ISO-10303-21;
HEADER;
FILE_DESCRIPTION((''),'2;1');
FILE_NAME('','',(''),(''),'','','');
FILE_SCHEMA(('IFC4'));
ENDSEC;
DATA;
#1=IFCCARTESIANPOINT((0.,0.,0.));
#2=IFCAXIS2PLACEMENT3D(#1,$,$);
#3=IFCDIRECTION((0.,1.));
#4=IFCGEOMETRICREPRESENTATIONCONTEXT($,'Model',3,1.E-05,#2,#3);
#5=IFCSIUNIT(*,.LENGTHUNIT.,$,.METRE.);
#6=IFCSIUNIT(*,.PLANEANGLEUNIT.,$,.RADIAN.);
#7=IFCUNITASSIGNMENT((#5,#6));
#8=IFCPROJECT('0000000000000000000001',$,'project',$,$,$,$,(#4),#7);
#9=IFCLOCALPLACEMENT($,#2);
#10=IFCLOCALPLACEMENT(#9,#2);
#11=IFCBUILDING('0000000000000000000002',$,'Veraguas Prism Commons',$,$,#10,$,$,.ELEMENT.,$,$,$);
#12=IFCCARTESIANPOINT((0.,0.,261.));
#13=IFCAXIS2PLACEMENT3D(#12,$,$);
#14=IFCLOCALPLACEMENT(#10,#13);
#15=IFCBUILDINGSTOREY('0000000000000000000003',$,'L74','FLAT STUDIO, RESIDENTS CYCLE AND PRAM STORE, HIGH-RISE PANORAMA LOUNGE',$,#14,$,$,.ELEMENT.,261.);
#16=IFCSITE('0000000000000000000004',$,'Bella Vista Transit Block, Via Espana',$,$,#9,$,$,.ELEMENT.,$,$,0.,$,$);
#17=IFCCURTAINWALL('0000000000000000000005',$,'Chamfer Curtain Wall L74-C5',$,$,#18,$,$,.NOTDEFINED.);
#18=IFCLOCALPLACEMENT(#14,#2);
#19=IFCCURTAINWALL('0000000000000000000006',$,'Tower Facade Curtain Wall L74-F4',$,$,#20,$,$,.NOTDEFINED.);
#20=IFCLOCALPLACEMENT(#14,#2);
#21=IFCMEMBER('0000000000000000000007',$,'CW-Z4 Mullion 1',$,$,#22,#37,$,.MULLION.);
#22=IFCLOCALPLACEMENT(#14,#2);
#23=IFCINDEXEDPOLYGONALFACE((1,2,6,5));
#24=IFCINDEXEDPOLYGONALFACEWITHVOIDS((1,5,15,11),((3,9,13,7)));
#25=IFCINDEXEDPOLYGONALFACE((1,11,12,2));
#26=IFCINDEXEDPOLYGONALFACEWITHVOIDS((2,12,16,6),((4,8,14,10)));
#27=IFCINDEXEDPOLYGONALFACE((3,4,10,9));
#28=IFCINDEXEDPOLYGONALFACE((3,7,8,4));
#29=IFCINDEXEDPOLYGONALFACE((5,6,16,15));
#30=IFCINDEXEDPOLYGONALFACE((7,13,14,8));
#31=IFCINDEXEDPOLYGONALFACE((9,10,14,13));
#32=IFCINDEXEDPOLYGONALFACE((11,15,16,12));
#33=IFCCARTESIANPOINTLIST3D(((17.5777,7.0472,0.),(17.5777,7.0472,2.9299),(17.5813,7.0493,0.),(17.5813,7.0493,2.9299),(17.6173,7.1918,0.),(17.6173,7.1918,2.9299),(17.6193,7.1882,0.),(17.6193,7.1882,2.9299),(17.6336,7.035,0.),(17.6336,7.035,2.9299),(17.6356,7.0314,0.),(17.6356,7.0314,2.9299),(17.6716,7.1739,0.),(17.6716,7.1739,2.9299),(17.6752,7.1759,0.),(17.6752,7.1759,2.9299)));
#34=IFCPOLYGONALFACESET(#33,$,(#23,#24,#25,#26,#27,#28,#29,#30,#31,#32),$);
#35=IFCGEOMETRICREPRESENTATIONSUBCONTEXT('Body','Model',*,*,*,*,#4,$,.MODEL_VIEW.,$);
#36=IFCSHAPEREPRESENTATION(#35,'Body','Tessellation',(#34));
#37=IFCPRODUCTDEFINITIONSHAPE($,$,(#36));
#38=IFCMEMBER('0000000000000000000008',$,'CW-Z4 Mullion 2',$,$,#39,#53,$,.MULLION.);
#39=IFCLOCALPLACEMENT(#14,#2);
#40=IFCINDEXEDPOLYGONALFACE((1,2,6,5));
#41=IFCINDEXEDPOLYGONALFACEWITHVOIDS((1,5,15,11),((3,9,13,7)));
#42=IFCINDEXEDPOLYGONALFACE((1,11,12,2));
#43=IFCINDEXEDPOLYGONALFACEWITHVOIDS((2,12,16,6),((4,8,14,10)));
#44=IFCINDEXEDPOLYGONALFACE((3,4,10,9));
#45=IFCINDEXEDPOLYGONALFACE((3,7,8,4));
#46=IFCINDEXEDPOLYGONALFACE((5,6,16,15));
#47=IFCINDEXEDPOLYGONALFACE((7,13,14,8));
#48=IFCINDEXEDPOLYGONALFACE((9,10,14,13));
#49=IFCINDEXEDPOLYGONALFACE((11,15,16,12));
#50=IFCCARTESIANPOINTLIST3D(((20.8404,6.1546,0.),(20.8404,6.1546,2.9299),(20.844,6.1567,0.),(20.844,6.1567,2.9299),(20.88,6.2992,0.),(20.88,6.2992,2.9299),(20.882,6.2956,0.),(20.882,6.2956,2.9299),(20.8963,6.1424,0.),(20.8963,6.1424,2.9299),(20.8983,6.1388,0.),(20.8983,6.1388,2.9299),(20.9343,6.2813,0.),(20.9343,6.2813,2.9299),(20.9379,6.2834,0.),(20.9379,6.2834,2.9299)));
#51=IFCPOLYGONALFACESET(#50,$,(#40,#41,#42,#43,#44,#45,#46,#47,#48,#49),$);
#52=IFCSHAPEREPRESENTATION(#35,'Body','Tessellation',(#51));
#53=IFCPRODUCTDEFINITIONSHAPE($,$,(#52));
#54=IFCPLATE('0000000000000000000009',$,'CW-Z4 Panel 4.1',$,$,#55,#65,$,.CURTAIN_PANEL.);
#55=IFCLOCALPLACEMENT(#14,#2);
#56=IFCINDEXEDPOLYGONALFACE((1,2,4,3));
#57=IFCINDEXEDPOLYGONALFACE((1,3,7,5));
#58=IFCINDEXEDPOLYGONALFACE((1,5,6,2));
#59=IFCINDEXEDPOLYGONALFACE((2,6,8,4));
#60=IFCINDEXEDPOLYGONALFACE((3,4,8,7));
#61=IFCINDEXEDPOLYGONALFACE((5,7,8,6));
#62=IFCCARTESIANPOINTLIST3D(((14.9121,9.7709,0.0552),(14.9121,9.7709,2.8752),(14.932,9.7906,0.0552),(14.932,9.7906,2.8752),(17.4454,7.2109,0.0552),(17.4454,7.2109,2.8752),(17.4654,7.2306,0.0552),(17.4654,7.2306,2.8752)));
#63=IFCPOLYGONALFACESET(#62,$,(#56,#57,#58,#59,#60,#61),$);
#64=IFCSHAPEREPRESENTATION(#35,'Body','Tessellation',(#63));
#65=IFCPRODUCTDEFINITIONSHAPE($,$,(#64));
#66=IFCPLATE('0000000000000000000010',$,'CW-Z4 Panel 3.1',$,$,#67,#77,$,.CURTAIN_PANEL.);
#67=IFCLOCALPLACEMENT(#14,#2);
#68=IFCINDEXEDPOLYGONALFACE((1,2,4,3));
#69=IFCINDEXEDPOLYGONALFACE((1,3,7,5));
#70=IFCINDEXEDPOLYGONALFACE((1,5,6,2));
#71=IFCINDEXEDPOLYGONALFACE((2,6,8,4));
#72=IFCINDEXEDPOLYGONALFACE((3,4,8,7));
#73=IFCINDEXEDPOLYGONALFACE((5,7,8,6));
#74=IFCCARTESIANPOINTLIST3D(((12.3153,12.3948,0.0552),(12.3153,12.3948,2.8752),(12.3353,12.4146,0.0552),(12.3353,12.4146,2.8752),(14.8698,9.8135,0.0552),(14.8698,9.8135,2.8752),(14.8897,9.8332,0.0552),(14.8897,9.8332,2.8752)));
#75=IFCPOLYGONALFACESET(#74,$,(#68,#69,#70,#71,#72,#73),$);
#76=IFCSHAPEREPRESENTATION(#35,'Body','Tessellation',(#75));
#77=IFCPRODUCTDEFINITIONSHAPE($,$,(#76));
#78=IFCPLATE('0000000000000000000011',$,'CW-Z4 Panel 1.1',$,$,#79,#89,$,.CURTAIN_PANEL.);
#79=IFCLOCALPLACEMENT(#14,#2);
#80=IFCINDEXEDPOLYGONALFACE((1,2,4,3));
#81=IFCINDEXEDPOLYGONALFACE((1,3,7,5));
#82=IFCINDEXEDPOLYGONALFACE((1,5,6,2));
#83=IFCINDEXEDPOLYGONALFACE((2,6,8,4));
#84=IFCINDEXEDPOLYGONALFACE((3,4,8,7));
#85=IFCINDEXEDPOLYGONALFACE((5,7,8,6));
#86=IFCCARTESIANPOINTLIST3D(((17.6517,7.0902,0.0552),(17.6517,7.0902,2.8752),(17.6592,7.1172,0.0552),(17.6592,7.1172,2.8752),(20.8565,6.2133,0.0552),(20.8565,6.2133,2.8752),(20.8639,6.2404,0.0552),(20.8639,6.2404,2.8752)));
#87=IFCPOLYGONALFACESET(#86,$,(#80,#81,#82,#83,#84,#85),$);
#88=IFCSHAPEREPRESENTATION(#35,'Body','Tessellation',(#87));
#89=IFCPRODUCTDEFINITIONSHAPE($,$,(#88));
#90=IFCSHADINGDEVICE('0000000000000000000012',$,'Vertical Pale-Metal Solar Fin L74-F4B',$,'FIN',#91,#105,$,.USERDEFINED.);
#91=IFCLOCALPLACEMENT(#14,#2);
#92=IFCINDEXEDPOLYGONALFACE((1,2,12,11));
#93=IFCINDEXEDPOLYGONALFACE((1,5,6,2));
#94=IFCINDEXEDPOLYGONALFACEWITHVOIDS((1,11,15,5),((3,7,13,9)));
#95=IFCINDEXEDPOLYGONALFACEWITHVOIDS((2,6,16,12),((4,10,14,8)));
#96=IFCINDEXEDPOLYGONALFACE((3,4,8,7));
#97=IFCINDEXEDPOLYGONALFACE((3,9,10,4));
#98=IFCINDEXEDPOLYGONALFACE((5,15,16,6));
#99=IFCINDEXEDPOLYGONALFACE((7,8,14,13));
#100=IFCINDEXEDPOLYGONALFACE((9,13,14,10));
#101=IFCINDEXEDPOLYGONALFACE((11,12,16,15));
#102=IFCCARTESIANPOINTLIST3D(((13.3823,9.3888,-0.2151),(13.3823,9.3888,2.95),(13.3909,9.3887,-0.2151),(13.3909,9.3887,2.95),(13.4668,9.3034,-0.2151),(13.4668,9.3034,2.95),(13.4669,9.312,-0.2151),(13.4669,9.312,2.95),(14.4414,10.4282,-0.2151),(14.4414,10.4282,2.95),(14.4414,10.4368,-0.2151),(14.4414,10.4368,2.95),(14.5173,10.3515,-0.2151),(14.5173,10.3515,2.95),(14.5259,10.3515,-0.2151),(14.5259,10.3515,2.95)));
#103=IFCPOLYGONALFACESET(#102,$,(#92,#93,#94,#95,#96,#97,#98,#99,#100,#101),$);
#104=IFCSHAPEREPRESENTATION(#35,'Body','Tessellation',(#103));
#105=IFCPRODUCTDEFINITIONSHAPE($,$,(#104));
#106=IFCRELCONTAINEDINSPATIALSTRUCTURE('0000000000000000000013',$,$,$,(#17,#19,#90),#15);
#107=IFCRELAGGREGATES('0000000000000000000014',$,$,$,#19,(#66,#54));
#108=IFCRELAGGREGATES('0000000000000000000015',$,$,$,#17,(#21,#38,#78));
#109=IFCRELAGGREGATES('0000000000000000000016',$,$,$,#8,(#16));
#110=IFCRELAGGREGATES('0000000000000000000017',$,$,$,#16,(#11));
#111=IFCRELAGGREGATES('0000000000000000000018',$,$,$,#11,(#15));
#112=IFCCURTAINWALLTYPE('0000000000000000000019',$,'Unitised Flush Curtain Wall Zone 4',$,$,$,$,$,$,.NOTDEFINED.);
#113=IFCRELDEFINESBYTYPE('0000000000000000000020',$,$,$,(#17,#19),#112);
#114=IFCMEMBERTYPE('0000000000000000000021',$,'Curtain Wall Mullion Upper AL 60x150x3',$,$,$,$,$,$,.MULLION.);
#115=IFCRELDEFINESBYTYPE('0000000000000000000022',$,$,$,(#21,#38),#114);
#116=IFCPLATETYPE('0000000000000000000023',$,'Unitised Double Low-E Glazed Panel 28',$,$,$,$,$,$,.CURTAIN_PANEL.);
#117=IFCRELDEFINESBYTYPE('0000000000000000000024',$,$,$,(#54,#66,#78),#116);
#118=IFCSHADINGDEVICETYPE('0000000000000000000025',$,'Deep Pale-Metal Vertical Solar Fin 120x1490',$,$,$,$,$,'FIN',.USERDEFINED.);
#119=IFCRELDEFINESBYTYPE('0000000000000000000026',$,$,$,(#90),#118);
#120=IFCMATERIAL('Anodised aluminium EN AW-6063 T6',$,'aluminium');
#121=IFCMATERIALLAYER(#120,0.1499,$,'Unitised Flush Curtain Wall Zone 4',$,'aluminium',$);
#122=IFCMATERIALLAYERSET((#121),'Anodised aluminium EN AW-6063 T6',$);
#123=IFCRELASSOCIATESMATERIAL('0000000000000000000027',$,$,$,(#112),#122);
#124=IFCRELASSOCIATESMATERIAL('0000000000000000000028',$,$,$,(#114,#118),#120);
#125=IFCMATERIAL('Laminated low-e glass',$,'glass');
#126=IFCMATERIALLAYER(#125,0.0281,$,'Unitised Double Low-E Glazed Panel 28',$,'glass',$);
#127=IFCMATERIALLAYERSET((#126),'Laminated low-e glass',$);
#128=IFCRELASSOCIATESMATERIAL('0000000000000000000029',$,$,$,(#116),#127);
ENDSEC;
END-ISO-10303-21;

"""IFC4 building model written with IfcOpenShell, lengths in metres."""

from ifc_helpers import new_model, si_unit, direction, frame, origin, origin_2d, place, context, subcontext, project, spatial, rectangle, hollow_rectangle, extrude, source, transform, mapped, material, layer, layer_set, material_profile, profile_set, type_object, element, aggregate, save


model = new_model("IFC4")

# Units and contexts
model_context = context("Model", 3, precision=1e-05, world=origin(), true_north=direction((0.0, 1.0)))
body_context = subcontext(model_context, "Body", "Model", "MODEL_VIEW")
ifc_project = project(units=[si_unit("LENGTHUNIT", "METRE"), si_unit("PLANEANGLEUNIT", "RADIAN")], contexts=[model_context])

# Site, building, storey
site_placement = place(None, origin())
site = spatial("IfcSite", under=ifc_project, at=site_placement, Name="Bella Vista Transit Block, Via Espana", CompositionType="ELEMENT", RefElevation=0.0)
building_placement = place(site_placement, origin())
building = spatial("IfcBuilding", under=site, at=building_placement, Name="Veraguas Prism Commons", CompositionType="ELEMENT")
storey_placement = place(building_placement, frame((0.0, 0.0, 261.0)))
storey = spatial("IfcBuildingStorey", under=building, at=storey_placement, Name="L74", Description="FLAT STUDIO, RESIDENTS CYCLE AND PRAM STORE, HIGH-RISE PANORAMA LOUNGE", CompositionType="ELEMENT", Elevation=261.0)

# Curtain walls
ifc_material_1 = material(Name="Anodised aluminium EN AW-6063 T6", Category="aluminium")
ifc_layer_1 = layer(ifc_material_1, 0.1499, Name="Unitised Flush Curtain Wall Zone 4", Category="aluminium")
ifc_layer_set_1 = layer_set([ifc_layer_1], Name="Anodised aluminium EN AW-6063 T6")
curtain_wall_type = type_object("IfcCurtainWallType", Name="Unitised Flush Curtain Wall Zone 4", PredefinedType="NOTDEFINED", material=ifc_layer_set_1)
curtain_wall_1_placement = place(storey_placement, origin())
curtain_wall_1 = element("IfcCurtainWall", 1, at=curtain_wall_1_placement, inside=storey, type_object=curtain_wall_type, Name="Chamfer Curtain Wall L74-C5", PredefinedType="NOTDEFINED")
curtain_wall_2_placement = place(storey_placement, origin())
curtain_wall_2 = element("IfcCurtainWall", 2, at=curtain_wall_2_placement, inside=storey, type_object=curtain_wall_type, Name="Tower Facade Curtain Wall L74-F4", PredefinedType="NOTDEFINED")
ifc_material_profile_1 = material_profile(ifc_material_1, hollow_rectangle(XDim=0.0601, YDim=0.1499, WallThickness=0.0029, at=origin_2d()), Name="AL60X150X3")
ifc_profile_set_1 = profile_set([ifc_material_profile_1], Name="Anodised aluminium EN AW-6063 T6")
member_type_1 = type_object("IfcMemberType", Name="Curtain Wall Mullion Upper AL 60x150x3", PredefinedType="MULLION", material=ifc_profile_set_1)
shared_shape_1 = source(origin(), body_context, "Body", "SweptSolid", [
    extrude(hollow_rectangle(XDim=0.0601, YDim=0.1499, WallThickness=0.0029, at=origin_2d()), origin(), (0.0, 0.0, 1.0), 2.9299),
])

# Members
member_1_placement = place(storey_placement, frame((17.6265, 7.1116, 0.0), z_axis=(0.0, 0.0, 1.0), x_axis=(0.964547, -0.263912, 0.0)))
member_1 = element("IfcMember", 3, at=member_1_placement, type_object=member_type_1, Name="CW-Z4 Mullion 1", PredefinedType="MULLION", context=body_context, shape_type="MappedRepresentation", body=[
    mapped(shared_shape_1, transform((0.0, 0.0, 0.0), scale=1.0)),
])
member_2_placement = place(storey_placement, frame((20.8892, 6.219, 0.0), z_axis=(0.0, 0.0, 1.0), x_axis=(0.964547, -0.263912, 0.0)))
member_2 = element("IfcMember", 4, at=member_2_placement, type_object=member_type_1, Name="CW-Z4 Mullion 2", PredefinedType="MULLION", context=body_context, shape_type="MappedRepresentation", body=[
    mapped(shared_shape_1, transform((0.0, 0.0, 0.0), scale=1.0)),
])

# Plates
ifc_material_2 = material(Name="Laminated low-e glass", Category="glass")
ifc_layer_2 = layer(ifc_material_2, 0.0281, Name="Unitised Double Low-E Glazed Panel 28", Category="glass")
ifc_layer_set_2 = layer_set([ifc_layer_2], Name="Laminated low-e glass")
plate_type = type_object("IfcPlateType", Name="Unitised Double Low-E Glazed Panel 28", PredefinedType="CURTAIN_PANEL", material=ifc_layer_set_2)
shared_shape_2 = source(origin(), body_context, "Body", "SweptSolid", [
    extrude(rectangle(XDim=3.6016, YDim=0.0281, at=origin_2d()), origin(), (0.0, 0.0, 1.0), 2.8201),
])
plate_1_placement = place(storey_placement, frame((16.1887, 8.5007, 0.0552), z_axis=(0.0, 0.0, 1.0), x_axis=(0.703392, -0.710802, 0.0)))
plate_1 = element("IfcPlate", 5, at=plate_1_placement, type_object=plate_type, Name="CW-Z4 Panel 4.1", PredefinedType="CURTAIN_PANEL", context=body_context, shape_type="MappedRepresentation", body=[
    mapped(shared_shape_2, transform((0.0, 0.0, 0.0), scale=1.0)),
])
shared_shape_3 = source(origin(), body_context, "Body", "SweptSolid", [
    extrude(rectangle(XDim=3.6316, YDim=0.0281, at=origin_2d()), origin(), (0.0, 0.0, 1.0), 2.8201),
])
plate_2_placement = place(storey_placement, frame((13.6025, 11.114, 0.0552), z_axis=(0.0, 0.0, 1.0), x_axis=(0.703392, -0.710802, 0.0)))
plate_2 = element("IfcPlate", 6, at=plate_2_placement, type_object=plate_type, Name="CW-Z4 Panel 3.1", PredefinedType="CURTAIN_PANEL", context=body_context, shape_type="MappedRepresentation", body=[
    mapped(shared_shape_3, transform((0.0, 0.0, 0.0), scale=1.0)),
])
aggregate(curtain_wall_2, [plate_2, plate_1])
shared_shape_4 = source(origin(), body_context, "Body", "SweptSolid", [
    extrude(rectangle(XDim=3.3225, YDim=0.0281, at=origin_2d()), origin(), (0.0, 0.0, 1.0), 2.8201),
])
plate_3_placement = place(storey_placement, frame((19.2578, 6.6653, 0.0552), z_axis=(0.0, 0.0, 1.0), x_axis=(0.964547, -0.263912, 0.0)))
plate_3 = element("IfcPlate", 7, at=plate_3_placement, type_object=plate_type, Name="CW-Z4 Panel 1.1", PredefinedType="CURTAIN_PANEL", context=body_context, shape_type="MappedRepresentation", body=[
    mapped(shared_shape_4, transform((0.0, 0.0, 0.0), scale=1.0)),
])
aggregate(curtain_wall_1, [member_1, member_2, plate_3])

# Shading device
ifc_material_profile_2 = material_profile(ifc_material_1, hollow_rectangle(XDim=0.1201, YDim=1.49, WallThickness=0.0061, at=origin_2d()), Name="FIN120X1490X6")
ifc_profile_set_2 = profile_set([ifc_material_profile_2], Name="Anodised aluminium EN AW-6063 T6")
shading_device_type = type_object("IfcShadingDeviceType", Name="Deep Pale-Metal Vertical Solar Fin 120x1490", ElementType="FIN", PredefinedType="USERDEFINED", material=ifc_profile_set_2)
shading_device_placement = place(storey_placement, frame((13.9541, 9.8701, -0.2151), z_axis=(0.0, 0.0, 1.0), x_axis=(0.703396, -0.710798, 0.0)))
element("IfcShadingDevice", 8, at=shading_device_placement, inside=storey, type_object=shading_device_type, Name="Vertical Pale-Metal Solar Fin L74-F4B", ObjectType="FIN", PredefinedType="USERDEFINED", context=body_context, shape_type="SweptSolid", body=[
    extrude(hollow_rectangle(XDim=0.1201, YDim=1.49, WallThickness=0.0061, at=origin_2d()), origin(), (0.0, 0.0, 1.0), 3.165),
])

save(model, "model.ifc")
